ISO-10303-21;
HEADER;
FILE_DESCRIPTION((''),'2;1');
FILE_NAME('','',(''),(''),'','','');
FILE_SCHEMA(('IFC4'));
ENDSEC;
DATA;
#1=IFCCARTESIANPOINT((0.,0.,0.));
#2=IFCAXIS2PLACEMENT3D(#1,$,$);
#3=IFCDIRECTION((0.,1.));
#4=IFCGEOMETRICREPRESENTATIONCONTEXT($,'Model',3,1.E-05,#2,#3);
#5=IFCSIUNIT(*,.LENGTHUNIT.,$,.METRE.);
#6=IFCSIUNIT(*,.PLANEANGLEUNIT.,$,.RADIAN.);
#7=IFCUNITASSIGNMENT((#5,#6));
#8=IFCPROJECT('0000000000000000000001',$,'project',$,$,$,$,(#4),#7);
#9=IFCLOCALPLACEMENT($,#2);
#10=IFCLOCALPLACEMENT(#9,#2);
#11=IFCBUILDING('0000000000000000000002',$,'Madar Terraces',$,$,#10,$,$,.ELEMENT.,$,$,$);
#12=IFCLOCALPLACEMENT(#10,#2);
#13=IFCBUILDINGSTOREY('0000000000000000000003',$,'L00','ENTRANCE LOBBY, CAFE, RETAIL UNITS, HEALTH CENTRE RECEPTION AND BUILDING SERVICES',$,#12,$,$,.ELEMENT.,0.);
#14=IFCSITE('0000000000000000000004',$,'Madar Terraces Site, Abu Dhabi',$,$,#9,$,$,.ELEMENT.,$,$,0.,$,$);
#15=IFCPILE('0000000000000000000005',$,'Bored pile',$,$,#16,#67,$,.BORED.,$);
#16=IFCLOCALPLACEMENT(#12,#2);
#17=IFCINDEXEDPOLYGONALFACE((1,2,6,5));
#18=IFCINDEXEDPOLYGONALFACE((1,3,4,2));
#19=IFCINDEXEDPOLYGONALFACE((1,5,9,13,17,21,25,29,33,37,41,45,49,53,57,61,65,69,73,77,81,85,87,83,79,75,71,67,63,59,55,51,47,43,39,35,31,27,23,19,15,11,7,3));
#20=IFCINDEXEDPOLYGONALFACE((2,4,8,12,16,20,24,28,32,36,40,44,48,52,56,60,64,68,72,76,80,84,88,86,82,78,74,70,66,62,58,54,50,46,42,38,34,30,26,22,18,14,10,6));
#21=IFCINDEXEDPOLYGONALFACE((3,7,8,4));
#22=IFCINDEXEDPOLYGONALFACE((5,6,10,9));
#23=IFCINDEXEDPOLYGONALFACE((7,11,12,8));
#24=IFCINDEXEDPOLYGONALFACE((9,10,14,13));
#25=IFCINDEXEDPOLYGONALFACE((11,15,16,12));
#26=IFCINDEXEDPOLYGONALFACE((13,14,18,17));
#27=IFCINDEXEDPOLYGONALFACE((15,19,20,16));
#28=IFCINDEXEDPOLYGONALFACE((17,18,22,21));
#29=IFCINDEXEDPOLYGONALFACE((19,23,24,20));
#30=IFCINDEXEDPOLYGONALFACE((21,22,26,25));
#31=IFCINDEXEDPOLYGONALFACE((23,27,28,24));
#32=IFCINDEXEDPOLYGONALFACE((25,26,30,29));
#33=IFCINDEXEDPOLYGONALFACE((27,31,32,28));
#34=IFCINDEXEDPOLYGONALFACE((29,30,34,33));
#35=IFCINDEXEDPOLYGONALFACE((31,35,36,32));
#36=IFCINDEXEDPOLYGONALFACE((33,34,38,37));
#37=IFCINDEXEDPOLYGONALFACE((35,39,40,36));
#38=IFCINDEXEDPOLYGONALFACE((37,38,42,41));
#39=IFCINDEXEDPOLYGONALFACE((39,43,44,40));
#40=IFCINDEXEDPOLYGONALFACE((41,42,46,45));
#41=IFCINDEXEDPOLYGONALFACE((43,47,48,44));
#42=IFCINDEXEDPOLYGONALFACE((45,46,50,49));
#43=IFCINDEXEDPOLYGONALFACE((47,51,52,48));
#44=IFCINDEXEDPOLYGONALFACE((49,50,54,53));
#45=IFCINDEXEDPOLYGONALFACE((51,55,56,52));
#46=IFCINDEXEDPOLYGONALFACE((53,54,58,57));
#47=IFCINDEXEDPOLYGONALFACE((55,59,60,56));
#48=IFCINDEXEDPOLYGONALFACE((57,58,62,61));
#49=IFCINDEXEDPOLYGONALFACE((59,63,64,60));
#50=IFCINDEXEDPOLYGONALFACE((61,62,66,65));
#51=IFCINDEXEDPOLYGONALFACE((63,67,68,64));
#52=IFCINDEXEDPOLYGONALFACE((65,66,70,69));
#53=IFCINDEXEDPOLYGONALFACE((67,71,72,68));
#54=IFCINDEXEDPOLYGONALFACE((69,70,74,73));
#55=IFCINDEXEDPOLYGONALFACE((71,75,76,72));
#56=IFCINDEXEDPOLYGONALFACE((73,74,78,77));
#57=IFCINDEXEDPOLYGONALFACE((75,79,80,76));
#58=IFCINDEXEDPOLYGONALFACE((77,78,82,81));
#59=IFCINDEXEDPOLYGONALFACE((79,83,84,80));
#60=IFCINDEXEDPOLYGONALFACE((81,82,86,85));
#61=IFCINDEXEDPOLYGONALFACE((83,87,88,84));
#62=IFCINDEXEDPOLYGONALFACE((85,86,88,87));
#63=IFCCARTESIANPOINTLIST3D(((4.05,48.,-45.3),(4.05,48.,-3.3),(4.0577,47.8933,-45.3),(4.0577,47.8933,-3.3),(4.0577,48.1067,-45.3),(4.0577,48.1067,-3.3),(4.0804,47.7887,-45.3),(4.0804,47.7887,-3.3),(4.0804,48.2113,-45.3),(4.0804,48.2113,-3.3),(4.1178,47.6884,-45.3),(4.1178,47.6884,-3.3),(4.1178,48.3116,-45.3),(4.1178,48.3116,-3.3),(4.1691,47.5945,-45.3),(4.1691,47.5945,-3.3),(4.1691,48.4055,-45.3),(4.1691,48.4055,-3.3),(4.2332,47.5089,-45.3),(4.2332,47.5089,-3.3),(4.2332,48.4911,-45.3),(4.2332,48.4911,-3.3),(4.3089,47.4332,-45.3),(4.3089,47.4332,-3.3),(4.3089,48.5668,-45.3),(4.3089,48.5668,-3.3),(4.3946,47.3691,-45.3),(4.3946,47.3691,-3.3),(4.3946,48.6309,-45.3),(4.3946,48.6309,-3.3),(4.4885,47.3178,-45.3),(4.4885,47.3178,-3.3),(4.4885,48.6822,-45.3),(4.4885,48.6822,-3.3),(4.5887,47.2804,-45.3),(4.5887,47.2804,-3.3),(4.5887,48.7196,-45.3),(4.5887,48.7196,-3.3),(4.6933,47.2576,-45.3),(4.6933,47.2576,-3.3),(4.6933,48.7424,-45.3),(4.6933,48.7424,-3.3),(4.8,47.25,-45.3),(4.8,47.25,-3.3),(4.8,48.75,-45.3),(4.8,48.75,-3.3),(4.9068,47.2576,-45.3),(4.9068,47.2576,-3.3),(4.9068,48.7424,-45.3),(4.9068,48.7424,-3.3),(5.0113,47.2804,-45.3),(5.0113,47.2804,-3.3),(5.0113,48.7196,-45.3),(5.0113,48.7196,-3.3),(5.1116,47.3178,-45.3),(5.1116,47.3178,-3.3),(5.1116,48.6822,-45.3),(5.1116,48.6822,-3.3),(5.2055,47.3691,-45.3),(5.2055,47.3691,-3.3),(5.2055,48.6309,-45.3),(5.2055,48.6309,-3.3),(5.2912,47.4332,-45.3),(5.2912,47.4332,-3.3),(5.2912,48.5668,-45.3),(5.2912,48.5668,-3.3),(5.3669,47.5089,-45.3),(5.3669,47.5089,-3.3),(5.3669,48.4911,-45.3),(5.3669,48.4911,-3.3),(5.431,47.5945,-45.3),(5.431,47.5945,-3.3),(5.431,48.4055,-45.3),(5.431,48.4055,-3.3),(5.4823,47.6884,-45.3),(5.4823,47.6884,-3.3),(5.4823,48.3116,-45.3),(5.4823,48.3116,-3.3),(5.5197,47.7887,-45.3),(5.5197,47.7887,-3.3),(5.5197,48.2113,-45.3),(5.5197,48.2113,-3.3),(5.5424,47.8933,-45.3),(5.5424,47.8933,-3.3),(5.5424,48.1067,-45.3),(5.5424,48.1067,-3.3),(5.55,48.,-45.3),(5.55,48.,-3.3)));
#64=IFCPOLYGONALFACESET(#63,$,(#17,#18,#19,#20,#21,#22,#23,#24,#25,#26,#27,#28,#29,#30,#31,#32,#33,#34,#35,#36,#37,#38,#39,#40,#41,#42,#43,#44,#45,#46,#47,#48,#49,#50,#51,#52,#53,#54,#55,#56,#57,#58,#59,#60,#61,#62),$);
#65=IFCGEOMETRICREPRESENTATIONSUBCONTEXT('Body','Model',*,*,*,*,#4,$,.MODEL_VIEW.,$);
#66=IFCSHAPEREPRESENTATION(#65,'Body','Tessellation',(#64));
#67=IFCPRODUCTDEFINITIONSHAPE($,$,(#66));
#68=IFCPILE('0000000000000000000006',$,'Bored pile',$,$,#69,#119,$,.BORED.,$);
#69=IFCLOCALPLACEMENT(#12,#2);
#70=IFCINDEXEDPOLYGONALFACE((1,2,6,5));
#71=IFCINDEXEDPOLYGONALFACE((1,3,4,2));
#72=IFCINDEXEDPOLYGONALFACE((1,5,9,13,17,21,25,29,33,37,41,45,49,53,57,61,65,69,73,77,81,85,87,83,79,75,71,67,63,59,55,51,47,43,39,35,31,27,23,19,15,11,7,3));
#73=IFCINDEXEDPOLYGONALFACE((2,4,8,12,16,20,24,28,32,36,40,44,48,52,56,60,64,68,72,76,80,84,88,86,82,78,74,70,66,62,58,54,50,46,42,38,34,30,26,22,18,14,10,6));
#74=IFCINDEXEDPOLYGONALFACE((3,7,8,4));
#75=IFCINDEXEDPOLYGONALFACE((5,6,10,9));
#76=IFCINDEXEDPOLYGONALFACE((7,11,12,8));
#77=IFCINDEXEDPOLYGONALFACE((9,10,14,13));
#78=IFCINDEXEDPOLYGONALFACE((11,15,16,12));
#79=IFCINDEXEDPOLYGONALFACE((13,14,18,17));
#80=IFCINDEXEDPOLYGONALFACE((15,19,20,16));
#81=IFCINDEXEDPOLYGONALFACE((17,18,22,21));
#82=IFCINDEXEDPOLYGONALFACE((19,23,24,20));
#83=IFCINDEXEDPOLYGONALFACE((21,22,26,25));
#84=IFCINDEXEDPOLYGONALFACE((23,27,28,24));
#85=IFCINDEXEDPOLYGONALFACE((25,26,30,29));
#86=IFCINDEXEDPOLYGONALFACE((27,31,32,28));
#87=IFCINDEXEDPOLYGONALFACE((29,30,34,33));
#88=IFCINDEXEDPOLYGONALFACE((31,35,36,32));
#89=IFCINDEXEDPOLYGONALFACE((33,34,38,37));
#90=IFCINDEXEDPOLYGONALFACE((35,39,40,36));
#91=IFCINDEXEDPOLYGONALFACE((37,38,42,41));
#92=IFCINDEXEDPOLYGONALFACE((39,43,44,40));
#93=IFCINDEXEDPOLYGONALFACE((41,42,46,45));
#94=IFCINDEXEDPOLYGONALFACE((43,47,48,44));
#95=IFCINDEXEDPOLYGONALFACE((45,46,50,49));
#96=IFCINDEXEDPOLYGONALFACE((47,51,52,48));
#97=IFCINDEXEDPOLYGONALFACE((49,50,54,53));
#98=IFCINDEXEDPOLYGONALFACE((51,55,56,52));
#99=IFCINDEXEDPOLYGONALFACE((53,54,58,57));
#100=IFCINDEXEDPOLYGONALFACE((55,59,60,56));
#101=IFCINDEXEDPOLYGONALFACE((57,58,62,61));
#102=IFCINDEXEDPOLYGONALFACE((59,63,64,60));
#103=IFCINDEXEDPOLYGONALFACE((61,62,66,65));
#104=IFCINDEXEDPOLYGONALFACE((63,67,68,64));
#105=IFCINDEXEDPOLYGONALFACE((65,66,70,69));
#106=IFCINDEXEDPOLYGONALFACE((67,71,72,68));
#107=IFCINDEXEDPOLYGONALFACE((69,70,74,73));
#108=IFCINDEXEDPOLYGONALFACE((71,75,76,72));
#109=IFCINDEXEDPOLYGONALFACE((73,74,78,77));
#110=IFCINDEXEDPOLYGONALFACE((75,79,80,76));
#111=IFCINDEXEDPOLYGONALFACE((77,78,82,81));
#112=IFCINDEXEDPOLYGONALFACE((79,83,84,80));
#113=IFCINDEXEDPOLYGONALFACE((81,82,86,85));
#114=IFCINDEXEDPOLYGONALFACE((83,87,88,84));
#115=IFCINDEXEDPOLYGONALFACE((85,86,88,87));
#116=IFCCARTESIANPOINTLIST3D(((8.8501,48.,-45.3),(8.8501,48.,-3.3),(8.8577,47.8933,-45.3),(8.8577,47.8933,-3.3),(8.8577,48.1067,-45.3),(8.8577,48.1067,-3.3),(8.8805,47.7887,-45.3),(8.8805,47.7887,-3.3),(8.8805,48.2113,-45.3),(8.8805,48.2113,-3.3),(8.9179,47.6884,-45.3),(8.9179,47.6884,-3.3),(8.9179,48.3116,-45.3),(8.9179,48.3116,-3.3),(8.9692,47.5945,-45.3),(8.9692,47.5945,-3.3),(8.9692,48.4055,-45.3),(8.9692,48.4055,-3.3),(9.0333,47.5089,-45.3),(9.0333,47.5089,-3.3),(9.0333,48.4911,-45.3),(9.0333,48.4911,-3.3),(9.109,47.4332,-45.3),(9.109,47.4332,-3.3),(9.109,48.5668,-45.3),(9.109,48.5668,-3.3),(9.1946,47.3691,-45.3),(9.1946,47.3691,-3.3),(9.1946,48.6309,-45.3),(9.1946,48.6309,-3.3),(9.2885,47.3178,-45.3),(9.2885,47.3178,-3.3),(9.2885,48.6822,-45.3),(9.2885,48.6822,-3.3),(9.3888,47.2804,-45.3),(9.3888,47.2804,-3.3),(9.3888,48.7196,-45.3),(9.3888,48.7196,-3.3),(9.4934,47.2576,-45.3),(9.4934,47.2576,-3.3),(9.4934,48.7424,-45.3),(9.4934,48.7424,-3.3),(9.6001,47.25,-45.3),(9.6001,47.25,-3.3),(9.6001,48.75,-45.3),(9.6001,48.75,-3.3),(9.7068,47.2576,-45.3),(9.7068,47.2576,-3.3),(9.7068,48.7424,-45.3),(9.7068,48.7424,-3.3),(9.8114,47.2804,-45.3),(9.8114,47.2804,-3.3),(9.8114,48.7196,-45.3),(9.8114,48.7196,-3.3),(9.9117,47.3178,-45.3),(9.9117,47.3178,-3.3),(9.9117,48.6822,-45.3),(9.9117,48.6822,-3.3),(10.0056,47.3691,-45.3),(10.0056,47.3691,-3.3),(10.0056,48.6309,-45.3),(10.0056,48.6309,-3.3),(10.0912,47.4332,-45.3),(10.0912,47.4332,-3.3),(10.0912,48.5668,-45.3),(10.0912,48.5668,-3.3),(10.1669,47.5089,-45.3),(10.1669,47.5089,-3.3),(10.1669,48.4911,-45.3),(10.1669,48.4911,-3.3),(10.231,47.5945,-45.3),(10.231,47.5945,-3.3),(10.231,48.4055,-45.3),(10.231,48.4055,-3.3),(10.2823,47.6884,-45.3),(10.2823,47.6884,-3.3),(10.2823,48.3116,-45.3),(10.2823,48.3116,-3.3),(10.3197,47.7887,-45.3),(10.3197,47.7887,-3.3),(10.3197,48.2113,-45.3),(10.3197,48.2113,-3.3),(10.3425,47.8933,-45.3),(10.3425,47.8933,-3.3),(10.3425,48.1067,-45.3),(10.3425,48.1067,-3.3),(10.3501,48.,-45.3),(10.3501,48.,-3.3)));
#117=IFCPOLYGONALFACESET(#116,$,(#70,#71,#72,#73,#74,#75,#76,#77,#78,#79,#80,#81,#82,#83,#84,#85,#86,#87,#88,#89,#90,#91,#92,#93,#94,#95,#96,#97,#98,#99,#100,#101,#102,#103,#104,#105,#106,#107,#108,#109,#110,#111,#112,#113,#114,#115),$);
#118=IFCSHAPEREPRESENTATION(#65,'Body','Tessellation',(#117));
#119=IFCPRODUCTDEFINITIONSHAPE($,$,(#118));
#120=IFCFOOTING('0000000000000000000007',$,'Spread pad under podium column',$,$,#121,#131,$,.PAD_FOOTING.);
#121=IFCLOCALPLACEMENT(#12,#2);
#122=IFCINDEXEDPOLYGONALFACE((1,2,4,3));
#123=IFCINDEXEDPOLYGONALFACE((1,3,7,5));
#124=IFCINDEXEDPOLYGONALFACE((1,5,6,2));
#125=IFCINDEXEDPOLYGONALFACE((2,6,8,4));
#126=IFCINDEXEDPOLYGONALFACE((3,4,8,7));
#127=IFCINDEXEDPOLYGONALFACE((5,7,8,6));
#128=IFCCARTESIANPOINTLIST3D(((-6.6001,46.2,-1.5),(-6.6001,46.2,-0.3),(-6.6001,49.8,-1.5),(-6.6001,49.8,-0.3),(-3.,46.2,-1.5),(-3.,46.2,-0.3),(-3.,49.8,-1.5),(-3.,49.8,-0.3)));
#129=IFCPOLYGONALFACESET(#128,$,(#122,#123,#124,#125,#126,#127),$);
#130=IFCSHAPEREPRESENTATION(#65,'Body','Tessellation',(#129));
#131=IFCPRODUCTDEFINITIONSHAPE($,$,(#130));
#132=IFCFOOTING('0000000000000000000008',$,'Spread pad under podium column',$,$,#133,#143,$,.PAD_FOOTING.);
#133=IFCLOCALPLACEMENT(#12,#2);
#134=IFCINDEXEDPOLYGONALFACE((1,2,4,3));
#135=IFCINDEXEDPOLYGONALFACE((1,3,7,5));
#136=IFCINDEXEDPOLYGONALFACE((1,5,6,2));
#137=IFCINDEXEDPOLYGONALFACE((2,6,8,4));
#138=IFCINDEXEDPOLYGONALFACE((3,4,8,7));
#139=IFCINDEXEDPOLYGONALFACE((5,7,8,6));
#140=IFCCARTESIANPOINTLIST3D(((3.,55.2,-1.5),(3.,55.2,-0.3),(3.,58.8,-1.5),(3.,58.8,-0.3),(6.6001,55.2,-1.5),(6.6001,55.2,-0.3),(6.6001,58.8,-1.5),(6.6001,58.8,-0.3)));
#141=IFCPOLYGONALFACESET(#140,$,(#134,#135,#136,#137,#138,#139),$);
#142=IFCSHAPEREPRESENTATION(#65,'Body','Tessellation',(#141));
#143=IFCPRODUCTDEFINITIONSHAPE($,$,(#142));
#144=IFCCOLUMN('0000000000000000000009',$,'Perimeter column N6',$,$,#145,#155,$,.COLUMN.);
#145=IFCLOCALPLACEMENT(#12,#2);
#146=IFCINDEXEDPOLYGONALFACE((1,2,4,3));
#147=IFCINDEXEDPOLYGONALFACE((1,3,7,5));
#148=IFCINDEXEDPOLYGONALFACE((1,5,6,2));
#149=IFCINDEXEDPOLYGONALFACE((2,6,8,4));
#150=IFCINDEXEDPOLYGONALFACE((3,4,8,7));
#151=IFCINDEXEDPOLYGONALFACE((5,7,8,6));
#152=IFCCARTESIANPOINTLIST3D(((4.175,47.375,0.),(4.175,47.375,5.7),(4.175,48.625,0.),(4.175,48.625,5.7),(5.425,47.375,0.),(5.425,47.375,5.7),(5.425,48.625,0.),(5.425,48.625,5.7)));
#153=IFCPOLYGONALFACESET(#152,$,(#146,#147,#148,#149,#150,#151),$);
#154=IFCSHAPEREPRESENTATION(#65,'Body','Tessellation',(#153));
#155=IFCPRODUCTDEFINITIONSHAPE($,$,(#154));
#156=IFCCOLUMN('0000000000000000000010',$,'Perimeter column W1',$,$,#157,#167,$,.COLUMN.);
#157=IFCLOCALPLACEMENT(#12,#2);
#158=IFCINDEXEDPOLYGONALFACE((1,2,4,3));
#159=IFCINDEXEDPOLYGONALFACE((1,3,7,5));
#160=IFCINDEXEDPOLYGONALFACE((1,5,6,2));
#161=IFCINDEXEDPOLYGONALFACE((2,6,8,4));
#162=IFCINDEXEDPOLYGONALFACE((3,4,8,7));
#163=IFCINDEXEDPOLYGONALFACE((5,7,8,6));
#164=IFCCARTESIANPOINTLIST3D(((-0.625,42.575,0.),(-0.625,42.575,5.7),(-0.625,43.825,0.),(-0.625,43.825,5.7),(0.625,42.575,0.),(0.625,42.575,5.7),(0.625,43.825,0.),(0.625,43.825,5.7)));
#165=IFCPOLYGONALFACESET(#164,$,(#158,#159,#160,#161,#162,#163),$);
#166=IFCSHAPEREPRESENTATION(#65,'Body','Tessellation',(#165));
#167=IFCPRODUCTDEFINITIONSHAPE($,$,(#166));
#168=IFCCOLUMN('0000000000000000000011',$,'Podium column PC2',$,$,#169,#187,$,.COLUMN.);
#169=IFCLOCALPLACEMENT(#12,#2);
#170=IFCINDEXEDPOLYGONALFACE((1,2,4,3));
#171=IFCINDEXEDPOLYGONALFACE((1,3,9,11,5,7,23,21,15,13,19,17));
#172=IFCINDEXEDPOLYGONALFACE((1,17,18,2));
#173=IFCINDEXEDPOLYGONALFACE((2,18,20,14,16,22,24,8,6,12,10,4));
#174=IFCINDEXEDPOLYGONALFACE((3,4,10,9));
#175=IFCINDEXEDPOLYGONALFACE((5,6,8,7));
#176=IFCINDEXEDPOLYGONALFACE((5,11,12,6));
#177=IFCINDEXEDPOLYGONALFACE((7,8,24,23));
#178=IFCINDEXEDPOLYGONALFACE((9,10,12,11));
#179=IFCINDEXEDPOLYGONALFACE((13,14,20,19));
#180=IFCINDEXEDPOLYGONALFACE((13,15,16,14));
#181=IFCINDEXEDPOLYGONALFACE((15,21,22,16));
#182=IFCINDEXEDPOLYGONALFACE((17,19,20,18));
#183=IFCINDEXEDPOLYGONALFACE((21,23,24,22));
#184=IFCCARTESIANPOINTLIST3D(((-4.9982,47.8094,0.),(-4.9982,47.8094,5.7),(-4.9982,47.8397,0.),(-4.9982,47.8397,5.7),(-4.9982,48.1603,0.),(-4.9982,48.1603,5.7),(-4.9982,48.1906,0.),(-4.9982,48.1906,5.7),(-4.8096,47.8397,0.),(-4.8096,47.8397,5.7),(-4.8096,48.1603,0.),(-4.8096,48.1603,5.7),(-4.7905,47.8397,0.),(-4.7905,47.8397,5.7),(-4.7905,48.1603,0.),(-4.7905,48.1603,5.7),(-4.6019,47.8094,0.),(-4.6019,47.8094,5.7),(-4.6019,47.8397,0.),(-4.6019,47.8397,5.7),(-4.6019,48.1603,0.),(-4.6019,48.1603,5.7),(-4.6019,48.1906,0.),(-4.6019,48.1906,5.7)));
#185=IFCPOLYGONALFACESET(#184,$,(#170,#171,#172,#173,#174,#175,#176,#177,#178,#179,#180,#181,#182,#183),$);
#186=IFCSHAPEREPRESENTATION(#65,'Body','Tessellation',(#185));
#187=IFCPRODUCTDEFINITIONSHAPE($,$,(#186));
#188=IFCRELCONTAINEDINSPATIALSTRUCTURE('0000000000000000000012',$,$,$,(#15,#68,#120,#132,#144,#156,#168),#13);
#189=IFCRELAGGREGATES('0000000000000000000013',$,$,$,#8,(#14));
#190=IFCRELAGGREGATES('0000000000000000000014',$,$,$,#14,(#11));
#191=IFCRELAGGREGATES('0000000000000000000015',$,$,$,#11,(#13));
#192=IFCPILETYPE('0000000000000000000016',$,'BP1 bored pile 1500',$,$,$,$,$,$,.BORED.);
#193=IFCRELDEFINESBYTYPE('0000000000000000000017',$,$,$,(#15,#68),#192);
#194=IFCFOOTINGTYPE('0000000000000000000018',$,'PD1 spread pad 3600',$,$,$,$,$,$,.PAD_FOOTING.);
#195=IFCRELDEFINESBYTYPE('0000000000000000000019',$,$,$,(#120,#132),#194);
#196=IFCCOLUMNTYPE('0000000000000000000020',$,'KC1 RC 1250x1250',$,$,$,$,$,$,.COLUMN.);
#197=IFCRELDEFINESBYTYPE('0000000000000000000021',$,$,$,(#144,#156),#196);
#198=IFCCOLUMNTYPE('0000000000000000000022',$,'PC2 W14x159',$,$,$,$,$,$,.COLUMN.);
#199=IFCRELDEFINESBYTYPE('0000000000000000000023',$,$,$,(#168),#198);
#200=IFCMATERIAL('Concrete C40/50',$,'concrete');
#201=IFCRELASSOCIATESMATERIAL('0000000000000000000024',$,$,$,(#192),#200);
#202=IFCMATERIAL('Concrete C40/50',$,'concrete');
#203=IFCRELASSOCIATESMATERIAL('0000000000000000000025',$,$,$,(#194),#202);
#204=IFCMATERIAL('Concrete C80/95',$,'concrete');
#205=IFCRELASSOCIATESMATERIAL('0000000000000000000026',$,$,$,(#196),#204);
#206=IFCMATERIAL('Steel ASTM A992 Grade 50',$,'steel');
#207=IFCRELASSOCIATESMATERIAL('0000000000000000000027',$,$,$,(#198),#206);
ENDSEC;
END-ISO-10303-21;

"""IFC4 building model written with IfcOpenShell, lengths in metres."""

from ifc_helpers import new_model, si_unit, direction, frame, origin, origin_2d, place, context, subcontext, project, spatial, rectangle, circle, i_section, extrude, material, material_profile, profile_set, type_object, element, save


model = new_model("IFC4")

# Units and contexts
model_context = context("Model", 3, precision=1e-05, world=origin(), true_north=direction((0.0, 1.0)))
body_context = subcontext(model_context, "Body", "Model", "MODEL_VIEW")
ifc_project = project(units=[si_unit("LENGTHUNIT", "METRE"), si_unit("PLANEANGLEUNIT", "RADIAN")], contexts=[model_context])

# Site, building, storey
site_placement = place(None, origin())
site = spatial("IfcSite", under=ifc_project, at=site_placement, Name="Madar Terraces Site, Abu Dhabi", CompositionType="ELEMENT", RefElevation=0.0)
building_placement = place(site_placement, origin())
building = spatial("IfcBuilding", under=site, at=building_placement, Name="Madar Terraces", CompositionType="ELEMENT")
storey_placement = place(building_placement, origin())
storey = spatial("IfcBuildingStorey", under=building, at=storey_placement, Name="L00", Description="ENTRANCE LOBBY, CAFE, RETAIL UNITS, HEALTH CENTRE RECEPTION AND BUILDING SERVICES", CompositionType="ELEMENT", Elevation=0.0)

# Piles
ifc_material_1 = material(Name="Concrete C40/50", Category="concrete")
ifc_material_profile_1 = material_profile(ifc_material_1, circle(Radius=0.75, at=origin_2d()), Name="BP1 bored pile 1500")
ifc_profile_set_1 = profile_set([ifc_material_profile_1], Name="Concrete C40/50")
pile_type = type_object("IfcPileType", Name="BP1 bored pile 1500", PredefinedType="BORED", material=ifc_profile_set_1)
for number, where, z_axis, x_axis, name in (
    (1, (4.8, 48.0, -3.3), (0.0, 0.0, -1.0), (1.0, 0.0, 0.0), "Bored pile"),
    (2, (9.6001, 48.0, -3.3), (0.0, 0.0, -1.0), (1.0, 0.0, 0.0), "Bored pile"),
):
    element("IfcPile", number, at=place(storey_placement, frame(where, z_axis=z_axis, x_axis=x_axis)), inside=storey, type_object=pile_type, Name=name, PredefinedType="BORED", context=body_context, shape_type="SweptSolid", body=[
        extrude(circle(Radius=0.75, at=origin_2d()), origin(), (0.0, 0.0, 1.0), 42.0),
    ])

# Footings
ifc_material_2 = material(Name="Concrete C40/50", Category="concrete")
footing_type = type_object("IfcFootingType", Name="PD1 spread pad 3600", PredefinedType="PAD_FOOTING", material=ifc_material_2)
for number, where, z_axis, x_axis, name in (
    (3, (-4.8, 48.0, -1.5), (0.0, 0.0, 1.0), (1.0, 0.0, 0.0), "Spread pad under podium column"),
    (4, (4.8, 57.0, -1.5), (0.0, 0.0, 1.0), (1.0, 0.0, 0.0), "Spread pad under podium column"),
):
    element("IfcFooting", number, at=place(storey_placement, frame(where, z_axis=z_axis, x_axis=x_axis)), inside=storey, type_object=footing_type, Name=name, PredefinedType="PAD_FOOTING", context=body_context, shape_type="SweptSolid", body=[
        extrude(rectangle(XDim=3.6001, YDim=3.6001, at=origin_2d()), origin(), (0.0, 0.0, 1.0), 1.2),
    ])

# Columns
ifc_material_3 = material(Name="Concrete C80/95", Category="concrete")
ifc_material_profile_2 = material_profile(ifc_material_3, rectangle(XDim=1.25, YDim=1.25, at=origin_2d()), Name="KC1 RC 1250x1250")
ifc_profile_set_2 = profile_set([ifc_material_profile_2], Name="Concrete C80/95")
column_type_1 = type_object("IfcColumnType", Name="KC1 RC 1250x1250", PredefinedType="COLUMN", material=ifc_profile_set_2)
for number, where, z_axis, x_axis, name in (
    (5, (4.8, 48.0, 0.0), (0.0, 0.0, 1.0), (1.0, 0.0, 0.0), "Perimeter column N6"),
    (6, (0.0, 43.2, 0.0), (0.0, 0.0, 1.0), (1.0, 0.0, 0.0), "Perimeter column W1"),
):
    element("IfcColumn", number, at=place(storey_placement, frame(where, z_axis=z_axis, x_axis=x_axis)), inside=storey, type_object=column_type_1, Name=name, PredefinedType="COLUMN", context=body_context, shape_type="SweptSolid", body=[
        extrude(rectangle(XDim=1.25, YDim=1.25, at=origin_2d()), origin(), (0.0, 0.0, 1.0), 5.7),
    ])
ifc_material_4 = material(Name="Steel ASTM A992 Grade 50", Category="steel")
ifc_material_profile_3 = material_profile(ifc_material_4, i_section(OverallWidth=0.3962, OverallDepth=0.3811, WebThickness=0.019, FlangeThickness=0.0303, at=origin_2d()), Name="W14x159")
ifc_profile_set_3 = profile_set([ifc_material_profile_3], Name="Steel ASTM A992 Grade 50")
column_type_2 = type_object("IfcColumnType", Name="PC2 W14x159", PredefinedType="COLUMN", material=ifc_profile_set_3)
for number, where, z_axis, x_axis, name in (
    (7, (-4.8, 48.0, 0.0), (0.0, 0.0, 1.0), (1.0, 0.0, 0.0), "Podium column PC2"),
):
    element("IfcColumn", number, at=place(storey_placement, frame(where, z_axis=z_axis, x_axis=x_axis)), inside=storey, type_object=column_type_2, Name=name, PredefinedType="COLUMN", context=body_context, shape_type="SweptSolid", body=[
        extrude(i_section(OverallWidth=0.3962, OverallDepth=0.3811, WebThickness=0.019, FlangeThickness=0.0303, at=origin_2d()), origin(), (0.0, 0.0, 1.0), 5.7),
    ])

save(model, "model.ifc")
